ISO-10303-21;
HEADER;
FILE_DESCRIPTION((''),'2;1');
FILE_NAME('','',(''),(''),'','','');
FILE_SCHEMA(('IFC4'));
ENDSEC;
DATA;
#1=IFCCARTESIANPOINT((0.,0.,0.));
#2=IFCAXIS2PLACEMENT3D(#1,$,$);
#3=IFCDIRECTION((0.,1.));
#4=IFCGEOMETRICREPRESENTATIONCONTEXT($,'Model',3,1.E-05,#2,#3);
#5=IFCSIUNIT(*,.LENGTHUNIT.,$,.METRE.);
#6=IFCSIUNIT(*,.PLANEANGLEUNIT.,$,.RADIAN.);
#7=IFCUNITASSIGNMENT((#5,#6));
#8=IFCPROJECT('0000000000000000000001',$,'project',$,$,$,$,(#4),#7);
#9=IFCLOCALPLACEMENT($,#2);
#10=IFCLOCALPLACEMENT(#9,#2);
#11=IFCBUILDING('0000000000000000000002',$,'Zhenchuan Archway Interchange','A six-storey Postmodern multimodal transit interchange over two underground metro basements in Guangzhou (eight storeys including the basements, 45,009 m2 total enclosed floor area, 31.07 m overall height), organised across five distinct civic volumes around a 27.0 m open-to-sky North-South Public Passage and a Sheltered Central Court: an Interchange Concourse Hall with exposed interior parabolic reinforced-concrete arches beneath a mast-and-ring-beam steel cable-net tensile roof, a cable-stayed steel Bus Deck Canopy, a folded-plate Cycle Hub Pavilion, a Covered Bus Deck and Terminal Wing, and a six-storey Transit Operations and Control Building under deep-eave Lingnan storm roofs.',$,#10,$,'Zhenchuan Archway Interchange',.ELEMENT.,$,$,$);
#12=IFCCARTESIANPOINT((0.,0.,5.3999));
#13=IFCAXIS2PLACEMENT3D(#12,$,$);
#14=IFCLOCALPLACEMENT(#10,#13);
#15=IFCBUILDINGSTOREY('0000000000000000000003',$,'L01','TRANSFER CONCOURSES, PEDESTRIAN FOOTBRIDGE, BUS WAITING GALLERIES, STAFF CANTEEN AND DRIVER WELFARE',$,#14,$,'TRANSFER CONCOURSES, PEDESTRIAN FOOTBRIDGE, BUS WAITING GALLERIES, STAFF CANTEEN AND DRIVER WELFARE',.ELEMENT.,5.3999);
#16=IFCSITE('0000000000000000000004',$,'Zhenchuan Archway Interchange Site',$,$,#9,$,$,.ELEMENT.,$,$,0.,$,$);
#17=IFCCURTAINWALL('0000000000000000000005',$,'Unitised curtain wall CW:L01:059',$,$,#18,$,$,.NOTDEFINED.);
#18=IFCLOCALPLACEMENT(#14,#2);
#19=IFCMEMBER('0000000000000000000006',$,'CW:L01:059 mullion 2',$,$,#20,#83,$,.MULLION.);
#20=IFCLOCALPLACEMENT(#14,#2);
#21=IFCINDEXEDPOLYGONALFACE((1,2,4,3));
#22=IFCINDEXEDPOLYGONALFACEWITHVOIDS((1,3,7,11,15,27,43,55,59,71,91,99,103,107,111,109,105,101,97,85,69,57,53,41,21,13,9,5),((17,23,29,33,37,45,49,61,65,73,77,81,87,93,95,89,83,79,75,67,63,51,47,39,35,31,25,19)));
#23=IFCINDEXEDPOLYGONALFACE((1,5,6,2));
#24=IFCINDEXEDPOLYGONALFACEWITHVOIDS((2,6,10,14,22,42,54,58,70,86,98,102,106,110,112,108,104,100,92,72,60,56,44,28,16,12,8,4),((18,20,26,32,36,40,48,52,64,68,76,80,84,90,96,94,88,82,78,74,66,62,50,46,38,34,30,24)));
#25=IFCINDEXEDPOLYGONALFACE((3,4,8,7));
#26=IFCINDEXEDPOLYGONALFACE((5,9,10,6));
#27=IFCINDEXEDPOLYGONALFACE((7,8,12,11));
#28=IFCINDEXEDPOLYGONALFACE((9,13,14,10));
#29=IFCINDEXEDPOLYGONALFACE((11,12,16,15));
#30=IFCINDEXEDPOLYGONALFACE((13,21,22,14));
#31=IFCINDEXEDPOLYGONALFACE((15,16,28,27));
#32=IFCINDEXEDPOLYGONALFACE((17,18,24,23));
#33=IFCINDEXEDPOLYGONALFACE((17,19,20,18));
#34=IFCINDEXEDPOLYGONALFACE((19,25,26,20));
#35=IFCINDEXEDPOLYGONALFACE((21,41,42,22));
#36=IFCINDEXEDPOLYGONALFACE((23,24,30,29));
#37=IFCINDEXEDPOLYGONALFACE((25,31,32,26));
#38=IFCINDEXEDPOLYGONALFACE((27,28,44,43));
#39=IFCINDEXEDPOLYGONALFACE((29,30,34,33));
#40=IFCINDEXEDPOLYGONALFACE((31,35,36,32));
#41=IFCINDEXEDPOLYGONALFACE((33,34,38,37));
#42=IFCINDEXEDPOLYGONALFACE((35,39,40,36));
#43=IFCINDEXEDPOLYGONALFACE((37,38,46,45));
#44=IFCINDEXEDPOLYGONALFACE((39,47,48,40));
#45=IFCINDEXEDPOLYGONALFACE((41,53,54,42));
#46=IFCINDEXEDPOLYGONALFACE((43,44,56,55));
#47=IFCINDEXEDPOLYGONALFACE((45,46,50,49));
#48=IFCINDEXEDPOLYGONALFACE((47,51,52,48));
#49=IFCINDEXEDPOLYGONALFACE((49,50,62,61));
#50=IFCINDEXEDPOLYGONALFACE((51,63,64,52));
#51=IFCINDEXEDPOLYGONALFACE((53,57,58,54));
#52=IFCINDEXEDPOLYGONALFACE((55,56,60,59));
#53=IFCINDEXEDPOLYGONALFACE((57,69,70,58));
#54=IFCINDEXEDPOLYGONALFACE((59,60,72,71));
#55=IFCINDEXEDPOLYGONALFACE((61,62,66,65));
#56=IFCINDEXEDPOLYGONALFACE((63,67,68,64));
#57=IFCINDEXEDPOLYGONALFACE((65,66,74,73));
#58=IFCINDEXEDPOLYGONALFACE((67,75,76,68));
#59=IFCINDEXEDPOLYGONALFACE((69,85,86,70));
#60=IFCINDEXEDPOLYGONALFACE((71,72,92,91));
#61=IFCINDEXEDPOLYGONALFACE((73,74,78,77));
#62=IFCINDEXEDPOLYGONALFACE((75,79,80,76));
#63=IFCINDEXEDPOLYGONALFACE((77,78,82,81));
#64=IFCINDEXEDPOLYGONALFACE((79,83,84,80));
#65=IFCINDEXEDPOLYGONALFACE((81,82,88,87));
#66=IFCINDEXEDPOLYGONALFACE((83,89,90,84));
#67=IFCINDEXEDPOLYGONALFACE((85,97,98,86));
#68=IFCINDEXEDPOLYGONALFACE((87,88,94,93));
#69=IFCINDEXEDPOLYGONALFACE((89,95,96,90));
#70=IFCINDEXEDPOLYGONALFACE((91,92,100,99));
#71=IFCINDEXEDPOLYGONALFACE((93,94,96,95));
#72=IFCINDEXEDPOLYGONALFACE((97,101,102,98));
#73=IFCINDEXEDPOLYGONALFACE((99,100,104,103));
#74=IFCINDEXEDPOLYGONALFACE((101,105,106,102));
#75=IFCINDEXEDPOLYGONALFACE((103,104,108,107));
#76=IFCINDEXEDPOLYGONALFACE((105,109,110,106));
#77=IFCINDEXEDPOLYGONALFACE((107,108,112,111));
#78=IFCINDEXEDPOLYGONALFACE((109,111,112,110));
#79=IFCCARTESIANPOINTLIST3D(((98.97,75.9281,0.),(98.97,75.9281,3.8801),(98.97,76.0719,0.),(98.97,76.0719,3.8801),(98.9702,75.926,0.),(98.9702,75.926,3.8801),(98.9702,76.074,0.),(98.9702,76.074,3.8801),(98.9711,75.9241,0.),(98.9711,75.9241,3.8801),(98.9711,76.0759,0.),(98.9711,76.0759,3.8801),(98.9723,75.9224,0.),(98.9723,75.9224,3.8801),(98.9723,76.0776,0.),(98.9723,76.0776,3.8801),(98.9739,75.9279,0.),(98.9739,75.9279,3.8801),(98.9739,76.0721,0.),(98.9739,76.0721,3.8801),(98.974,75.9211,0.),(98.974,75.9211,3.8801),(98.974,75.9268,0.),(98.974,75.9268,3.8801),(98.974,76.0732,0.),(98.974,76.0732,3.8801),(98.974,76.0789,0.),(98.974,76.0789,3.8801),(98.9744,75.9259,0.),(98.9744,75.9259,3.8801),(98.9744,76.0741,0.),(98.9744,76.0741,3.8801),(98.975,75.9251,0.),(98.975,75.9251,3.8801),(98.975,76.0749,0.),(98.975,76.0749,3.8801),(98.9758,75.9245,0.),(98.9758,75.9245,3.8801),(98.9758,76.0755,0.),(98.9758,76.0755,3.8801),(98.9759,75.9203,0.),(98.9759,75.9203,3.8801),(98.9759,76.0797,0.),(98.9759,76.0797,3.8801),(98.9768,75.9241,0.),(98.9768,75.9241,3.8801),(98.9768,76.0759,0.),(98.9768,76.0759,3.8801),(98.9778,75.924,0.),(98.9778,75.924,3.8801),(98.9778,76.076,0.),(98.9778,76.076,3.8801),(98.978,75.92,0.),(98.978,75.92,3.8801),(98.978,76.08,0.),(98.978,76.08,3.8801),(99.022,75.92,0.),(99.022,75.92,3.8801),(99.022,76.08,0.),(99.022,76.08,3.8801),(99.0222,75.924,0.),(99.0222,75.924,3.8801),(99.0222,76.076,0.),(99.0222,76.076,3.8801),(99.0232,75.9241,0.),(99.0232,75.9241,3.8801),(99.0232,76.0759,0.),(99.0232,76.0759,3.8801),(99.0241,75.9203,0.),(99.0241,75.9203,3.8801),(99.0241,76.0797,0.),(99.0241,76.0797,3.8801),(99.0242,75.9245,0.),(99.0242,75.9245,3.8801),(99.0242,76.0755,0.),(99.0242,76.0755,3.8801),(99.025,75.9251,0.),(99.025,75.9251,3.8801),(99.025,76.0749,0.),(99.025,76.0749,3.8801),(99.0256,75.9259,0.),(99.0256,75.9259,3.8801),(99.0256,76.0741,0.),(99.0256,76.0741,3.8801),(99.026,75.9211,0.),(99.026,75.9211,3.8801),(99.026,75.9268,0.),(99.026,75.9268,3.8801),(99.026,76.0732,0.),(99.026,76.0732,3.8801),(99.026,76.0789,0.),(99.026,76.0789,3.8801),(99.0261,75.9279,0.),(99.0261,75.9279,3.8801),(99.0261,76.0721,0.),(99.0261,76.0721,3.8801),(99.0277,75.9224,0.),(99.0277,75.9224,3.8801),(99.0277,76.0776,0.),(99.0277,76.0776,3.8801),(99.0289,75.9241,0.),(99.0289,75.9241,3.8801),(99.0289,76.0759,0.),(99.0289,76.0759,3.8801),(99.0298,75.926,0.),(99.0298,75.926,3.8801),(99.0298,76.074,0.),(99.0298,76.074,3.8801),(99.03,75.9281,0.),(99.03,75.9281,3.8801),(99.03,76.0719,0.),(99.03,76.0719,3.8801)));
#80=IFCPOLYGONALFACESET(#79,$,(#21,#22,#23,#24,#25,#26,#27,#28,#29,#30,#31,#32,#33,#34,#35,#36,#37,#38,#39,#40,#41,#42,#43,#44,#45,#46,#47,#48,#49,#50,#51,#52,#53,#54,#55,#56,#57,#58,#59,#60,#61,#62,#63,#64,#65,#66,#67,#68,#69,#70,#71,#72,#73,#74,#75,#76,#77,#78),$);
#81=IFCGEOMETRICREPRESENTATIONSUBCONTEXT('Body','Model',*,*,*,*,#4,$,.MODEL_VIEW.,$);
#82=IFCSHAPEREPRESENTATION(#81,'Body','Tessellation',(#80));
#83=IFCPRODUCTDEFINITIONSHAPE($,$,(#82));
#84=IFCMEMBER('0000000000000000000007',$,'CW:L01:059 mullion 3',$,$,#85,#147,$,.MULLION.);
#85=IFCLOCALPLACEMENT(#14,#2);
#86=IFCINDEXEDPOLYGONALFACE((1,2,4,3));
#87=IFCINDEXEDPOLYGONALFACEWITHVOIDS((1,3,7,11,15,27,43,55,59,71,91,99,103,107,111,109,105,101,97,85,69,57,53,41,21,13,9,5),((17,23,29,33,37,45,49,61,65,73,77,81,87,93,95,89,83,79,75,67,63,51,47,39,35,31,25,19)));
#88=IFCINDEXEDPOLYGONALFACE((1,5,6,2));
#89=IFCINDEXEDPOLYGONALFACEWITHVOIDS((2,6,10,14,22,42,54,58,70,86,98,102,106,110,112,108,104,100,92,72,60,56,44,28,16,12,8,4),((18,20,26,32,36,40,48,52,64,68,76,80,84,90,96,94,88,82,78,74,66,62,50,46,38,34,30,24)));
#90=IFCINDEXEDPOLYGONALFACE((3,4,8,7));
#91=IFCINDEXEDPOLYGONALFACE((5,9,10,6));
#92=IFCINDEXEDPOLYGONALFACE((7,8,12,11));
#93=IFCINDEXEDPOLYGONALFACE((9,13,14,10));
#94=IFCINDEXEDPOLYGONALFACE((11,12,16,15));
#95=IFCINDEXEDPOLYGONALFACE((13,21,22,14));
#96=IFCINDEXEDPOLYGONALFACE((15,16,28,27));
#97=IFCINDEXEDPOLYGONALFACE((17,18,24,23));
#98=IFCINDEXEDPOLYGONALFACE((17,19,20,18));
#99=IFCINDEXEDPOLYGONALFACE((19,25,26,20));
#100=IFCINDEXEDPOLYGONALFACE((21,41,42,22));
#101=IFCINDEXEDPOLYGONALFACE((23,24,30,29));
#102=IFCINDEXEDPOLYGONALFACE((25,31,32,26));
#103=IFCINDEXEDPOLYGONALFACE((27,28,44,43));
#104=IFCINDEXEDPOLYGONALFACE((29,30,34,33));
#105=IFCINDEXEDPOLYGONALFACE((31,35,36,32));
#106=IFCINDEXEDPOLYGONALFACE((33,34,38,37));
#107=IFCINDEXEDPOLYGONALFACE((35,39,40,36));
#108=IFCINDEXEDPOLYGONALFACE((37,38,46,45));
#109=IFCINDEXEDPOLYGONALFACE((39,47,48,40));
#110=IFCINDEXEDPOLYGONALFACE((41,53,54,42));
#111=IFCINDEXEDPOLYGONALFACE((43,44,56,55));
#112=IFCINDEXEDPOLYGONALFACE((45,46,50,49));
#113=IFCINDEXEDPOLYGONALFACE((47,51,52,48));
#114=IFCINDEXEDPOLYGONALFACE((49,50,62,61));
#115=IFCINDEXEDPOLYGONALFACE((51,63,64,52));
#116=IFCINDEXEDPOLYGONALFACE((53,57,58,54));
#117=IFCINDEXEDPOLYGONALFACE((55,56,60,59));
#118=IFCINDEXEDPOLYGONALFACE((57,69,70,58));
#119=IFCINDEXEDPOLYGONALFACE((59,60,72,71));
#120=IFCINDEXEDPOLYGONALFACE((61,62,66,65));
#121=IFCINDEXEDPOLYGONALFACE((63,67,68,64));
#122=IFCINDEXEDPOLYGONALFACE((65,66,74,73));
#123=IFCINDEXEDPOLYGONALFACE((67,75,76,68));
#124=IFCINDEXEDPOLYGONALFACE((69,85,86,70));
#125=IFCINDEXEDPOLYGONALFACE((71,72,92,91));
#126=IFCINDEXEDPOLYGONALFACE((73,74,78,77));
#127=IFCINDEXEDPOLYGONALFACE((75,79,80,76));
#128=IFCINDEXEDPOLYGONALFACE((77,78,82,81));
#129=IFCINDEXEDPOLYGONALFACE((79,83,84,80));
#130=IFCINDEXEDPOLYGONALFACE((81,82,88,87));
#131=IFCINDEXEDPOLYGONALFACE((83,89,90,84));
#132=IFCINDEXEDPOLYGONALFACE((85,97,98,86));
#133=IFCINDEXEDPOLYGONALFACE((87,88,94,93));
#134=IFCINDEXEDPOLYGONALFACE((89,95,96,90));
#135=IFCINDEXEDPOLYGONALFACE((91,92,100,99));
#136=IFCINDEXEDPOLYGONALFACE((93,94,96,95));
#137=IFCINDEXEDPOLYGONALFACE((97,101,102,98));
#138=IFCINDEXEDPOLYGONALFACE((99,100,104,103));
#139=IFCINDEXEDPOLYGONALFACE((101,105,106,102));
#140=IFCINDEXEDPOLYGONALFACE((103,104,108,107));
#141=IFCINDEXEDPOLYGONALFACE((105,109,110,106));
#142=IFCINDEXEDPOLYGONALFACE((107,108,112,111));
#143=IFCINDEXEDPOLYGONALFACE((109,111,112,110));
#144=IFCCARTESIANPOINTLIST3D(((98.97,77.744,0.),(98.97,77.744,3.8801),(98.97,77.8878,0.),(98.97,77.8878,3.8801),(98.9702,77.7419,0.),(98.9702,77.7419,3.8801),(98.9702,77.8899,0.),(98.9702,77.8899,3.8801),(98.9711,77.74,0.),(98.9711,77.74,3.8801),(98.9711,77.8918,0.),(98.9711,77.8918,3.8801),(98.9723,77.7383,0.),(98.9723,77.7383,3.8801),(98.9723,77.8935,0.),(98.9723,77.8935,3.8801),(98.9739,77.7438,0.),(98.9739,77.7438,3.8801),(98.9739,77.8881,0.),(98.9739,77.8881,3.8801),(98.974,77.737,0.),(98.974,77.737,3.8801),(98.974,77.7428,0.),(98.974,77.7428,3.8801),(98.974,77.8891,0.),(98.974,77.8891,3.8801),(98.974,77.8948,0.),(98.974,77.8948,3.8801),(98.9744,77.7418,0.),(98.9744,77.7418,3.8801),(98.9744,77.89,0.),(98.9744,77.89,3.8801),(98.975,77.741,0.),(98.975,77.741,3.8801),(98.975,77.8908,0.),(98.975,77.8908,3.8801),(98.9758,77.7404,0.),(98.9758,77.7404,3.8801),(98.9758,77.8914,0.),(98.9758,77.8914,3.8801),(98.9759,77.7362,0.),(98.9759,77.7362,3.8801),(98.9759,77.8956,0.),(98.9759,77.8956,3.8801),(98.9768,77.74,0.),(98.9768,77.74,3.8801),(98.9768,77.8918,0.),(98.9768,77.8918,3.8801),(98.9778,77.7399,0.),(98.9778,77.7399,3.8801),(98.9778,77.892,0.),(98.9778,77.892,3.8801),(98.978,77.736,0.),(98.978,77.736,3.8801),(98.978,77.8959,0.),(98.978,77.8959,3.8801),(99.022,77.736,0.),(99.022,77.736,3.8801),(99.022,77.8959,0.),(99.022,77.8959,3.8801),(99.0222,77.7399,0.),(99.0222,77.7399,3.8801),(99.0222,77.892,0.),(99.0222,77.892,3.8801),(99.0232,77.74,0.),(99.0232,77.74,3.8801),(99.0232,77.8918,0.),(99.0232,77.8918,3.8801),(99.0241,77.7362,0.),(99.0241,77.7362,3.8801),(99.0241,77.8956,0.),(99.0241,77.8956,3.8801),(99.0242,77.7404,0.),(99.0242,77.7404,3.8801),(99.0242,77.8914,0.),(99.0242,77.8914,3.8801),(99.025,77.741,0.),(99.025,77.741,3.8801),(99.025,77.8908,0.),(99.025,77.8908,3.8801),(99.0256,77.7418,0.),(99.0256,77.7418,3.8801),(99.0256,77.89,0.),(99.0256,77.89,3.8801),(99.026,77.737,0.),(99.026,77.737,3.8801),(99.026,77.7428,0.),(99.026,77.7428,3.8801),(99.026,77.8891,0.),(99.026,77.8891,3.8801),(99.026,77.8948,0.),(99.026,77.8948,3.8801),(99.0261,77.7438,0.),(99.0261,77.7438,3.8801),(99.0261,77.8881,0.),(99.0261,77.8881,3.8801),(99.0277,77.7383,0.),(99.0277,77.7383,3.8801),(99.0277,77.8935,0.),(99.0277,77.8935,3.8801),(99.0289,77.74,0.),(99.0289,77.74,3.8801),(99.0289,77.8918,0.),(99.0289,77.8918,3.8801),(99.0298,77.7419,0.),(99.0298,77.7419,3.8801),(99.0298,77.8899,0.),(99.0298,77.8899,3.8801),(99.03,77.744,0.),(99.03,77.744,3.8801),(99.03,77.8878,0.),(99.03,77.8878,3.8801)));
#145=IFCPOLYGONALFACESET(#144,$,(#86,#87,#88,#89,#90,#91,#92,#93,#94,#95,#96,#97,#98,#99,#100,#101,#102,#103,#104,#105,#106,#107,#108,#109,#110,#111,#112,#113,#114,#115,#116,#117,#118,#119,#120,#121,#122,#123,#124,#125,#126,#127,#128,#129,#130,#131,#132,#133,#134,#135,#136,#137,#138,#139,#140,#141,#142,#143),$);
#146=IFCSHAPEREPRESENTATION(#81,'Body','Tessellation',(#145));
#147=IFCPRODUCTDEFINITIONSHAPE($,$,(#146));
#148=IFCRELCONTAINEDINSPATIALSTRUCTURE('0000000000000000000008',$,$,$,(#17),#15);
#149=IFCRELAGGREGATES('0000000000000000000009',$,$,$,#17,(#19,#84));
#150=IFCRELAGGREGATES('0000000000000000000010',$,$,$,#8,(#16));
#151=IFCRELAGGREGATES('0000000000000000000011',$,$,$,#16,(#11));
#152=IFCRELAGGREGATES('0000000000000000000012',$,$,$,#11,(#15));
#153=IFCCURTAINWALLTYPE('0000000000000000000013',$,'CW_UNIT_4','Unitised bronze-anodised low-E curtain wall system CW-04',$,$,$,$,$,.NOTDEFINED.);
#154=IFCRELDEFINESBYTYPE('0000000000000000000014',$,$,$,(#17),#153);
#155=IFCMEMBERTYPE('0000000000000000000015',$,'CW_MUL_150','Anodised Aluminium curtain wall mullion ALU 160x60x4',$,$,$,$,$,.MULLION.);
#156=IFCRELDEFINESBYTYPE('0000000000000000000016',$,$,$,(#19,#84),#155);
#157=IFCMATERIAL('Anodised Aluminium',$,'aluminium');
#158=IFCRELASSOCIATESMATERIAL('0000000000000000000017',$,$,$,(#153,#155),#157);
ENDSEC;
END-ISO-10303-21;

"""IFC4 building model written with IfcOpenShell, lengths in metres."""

from ifc_helpers import new_model, si_unit, direction, frame, origin, origin_2d, place, context, subcontext, project, spatial, hollow_rectangle, extrude, material, material_profile, profile_set, type_object, element, aggregate, save


model = new_model("IFC4")

# Units and contexts
model_context = context("Model", 3, precision=1e-05, world=origin(), true_north=direction((0.0, 1.0)))
body_context = subcontext(model_context, "Body", "Model", "MODEL_VIEW")
ifc_project = project(units=[si_unit("LENGTHUNIT", "METRE"), si_unit("PLANEANGLEUNIT", "RADIAN")], contexts=[model_context])

# Site, building, storey
site_placement = place(None, origin())
site = spatial("IfcSite", under=ifc_project, at=site_placement, Name="Zhenchuan Archway Interchange Site", CompositionType="ELEMENT", RefElevation=0.0)
building_placement = place(site_placement, origin())
building = spatial("IfcBuilding", under=site, at=building_placement, Name="Zhenchuan Archway Interchange", Description="A six-storey Postmodern multimodal transit interchange over two underground metro basements in Guangzhou (eight storeys including the basements, 45,009 m2 total enclosed floor area, 31.07 m overall height), organised across five distinct civic volumes around a 27.0 m open-to-sky North-South Public Passage and a Sheltered Central Court: an Interchange Concourse Hall with exposed interior parabolic reinforced-concrete arches beneath a mast-and-ring-beam steel cable-net tensile roof, a cable-stayed steel Bus Deck Canopy, a folded-plate Cycle Hub Pavilion, a Covered Bus Deck and Terminal Wing, and a six-storey Transit Operations and Control Building under deep-eave Lingnan storm roofs.", LongName="Zhenchuan Archway Interchange", CompositionType="ELEMENT")
storey_placement = place(building_placement, frame((0.0, 0.0, 5.3999)))
storey = spatial("IfcBuildingStorey", under=building, at=storey_placement, Name="L01", Description="TRANSFER CONCOURSES, PEDESTRIAN FOOTBRIDGE, BUS WAITING GALLERIES, STAFF CANTEEN AND DRIVER WELFARE", LongName="TRANSFER CONCOURSES, PEDESTRIAN FOOTBRIDGE, BUS WAITING GALLERIES, STAFF CANTEEN AND DRIVER WELFARE", CompositionType="ELEMENT", Elevation=5.3999)

# Curtain wall, members
ifc_material_1 = material(Name="Anodised Aluminium", Category="aluminium")
curtain_wall_type = type_object("IfcCurtainWallType", Name="CW_UNIT_4", Description="Unitised bronze-anodised low-E curtain wall system CW-04", PredefinedType="NOTDEFINED", material=ifc_material_1)
curtain_wall_placement = place(storey_placement, origin())
curtain_wall = element("IfcCurtainWall", 1, at=curtain_wall_placement, inside=storey, type_object=curtain_wall_type, Name="Unitised curtain wall CW:L01:059", PredefinedType="NOTDEFINED")
ifc_material_profile_1 = material_profile(ifc_material_1, hollow_rectangle(XDim=0.0601, YDim=0.1599, WallThickness=0.0039, InnerFilletRadius=0.0039, OuterFilletRadius=0.0081, at=origin_2d()), Name="ALU 160x60x4")
ifc_profile_set_1 = profile_set([ifc_material_profile_1], Name="Anodised Aluminium")
member_type_1 = type_object("IfcMemberType", Name="CW_MUL_150", Description="Anodised Aluminium curtain wall mullion ALU 160x60x4", PredefinedType="MULLION", material=ifc_profile_set_1)
member_1_placement = place(storey_placement, frame((99.0, 76.0, 0.0), z_axis=(0.0, 0.0, 1.0), x_axis=(1.0, 0.0, 0.0)))
member_1 = element("IfcMember", 2, at=member_1_placement, type_object=member_type_1, Name="CW:L01:059 mullion 2", PredefinedType="MULLION", context=body_context, shape_type="SweptSolid", body=[
    extrude(hollow_rectangle(XDim=0.0601, YDim=0.1599, WallThickness=0.0039, InnerFilletRadius=0.0039, OuterFilletRadius=0.0081, at=origin_2d()), origin(), (0.0, 0.0, 1.0), 3.8801),
])
member_2_placement = place(storey_placement, frame((99.0, 77.8159, 0.0), z_axis=(0.0, 0.0, 1.0), x_axis=(1.0, 0.0, 0.0)))
member_2 = element("IfcMember", 3, at=member_2_placement, type_object=member_type_1, Name="CW:L01:059 mullion 3", PredefinedType="MULLION", context=body_context, shape_type="SweptSolid", body=[
    extrude(hollow_rectangle(XDim=0.0601, YDim=0.1599, WallThickness=0.0039, InnerFilletRadius=0.0039, OuterFilletRadius=0.0081, at=origin_2d()), origin(), (0.0, 0.0, 1.0), 3.8801),
])
aggregate(curtain_wall, [member_1, member_2])

save(model, "model.ifc")
